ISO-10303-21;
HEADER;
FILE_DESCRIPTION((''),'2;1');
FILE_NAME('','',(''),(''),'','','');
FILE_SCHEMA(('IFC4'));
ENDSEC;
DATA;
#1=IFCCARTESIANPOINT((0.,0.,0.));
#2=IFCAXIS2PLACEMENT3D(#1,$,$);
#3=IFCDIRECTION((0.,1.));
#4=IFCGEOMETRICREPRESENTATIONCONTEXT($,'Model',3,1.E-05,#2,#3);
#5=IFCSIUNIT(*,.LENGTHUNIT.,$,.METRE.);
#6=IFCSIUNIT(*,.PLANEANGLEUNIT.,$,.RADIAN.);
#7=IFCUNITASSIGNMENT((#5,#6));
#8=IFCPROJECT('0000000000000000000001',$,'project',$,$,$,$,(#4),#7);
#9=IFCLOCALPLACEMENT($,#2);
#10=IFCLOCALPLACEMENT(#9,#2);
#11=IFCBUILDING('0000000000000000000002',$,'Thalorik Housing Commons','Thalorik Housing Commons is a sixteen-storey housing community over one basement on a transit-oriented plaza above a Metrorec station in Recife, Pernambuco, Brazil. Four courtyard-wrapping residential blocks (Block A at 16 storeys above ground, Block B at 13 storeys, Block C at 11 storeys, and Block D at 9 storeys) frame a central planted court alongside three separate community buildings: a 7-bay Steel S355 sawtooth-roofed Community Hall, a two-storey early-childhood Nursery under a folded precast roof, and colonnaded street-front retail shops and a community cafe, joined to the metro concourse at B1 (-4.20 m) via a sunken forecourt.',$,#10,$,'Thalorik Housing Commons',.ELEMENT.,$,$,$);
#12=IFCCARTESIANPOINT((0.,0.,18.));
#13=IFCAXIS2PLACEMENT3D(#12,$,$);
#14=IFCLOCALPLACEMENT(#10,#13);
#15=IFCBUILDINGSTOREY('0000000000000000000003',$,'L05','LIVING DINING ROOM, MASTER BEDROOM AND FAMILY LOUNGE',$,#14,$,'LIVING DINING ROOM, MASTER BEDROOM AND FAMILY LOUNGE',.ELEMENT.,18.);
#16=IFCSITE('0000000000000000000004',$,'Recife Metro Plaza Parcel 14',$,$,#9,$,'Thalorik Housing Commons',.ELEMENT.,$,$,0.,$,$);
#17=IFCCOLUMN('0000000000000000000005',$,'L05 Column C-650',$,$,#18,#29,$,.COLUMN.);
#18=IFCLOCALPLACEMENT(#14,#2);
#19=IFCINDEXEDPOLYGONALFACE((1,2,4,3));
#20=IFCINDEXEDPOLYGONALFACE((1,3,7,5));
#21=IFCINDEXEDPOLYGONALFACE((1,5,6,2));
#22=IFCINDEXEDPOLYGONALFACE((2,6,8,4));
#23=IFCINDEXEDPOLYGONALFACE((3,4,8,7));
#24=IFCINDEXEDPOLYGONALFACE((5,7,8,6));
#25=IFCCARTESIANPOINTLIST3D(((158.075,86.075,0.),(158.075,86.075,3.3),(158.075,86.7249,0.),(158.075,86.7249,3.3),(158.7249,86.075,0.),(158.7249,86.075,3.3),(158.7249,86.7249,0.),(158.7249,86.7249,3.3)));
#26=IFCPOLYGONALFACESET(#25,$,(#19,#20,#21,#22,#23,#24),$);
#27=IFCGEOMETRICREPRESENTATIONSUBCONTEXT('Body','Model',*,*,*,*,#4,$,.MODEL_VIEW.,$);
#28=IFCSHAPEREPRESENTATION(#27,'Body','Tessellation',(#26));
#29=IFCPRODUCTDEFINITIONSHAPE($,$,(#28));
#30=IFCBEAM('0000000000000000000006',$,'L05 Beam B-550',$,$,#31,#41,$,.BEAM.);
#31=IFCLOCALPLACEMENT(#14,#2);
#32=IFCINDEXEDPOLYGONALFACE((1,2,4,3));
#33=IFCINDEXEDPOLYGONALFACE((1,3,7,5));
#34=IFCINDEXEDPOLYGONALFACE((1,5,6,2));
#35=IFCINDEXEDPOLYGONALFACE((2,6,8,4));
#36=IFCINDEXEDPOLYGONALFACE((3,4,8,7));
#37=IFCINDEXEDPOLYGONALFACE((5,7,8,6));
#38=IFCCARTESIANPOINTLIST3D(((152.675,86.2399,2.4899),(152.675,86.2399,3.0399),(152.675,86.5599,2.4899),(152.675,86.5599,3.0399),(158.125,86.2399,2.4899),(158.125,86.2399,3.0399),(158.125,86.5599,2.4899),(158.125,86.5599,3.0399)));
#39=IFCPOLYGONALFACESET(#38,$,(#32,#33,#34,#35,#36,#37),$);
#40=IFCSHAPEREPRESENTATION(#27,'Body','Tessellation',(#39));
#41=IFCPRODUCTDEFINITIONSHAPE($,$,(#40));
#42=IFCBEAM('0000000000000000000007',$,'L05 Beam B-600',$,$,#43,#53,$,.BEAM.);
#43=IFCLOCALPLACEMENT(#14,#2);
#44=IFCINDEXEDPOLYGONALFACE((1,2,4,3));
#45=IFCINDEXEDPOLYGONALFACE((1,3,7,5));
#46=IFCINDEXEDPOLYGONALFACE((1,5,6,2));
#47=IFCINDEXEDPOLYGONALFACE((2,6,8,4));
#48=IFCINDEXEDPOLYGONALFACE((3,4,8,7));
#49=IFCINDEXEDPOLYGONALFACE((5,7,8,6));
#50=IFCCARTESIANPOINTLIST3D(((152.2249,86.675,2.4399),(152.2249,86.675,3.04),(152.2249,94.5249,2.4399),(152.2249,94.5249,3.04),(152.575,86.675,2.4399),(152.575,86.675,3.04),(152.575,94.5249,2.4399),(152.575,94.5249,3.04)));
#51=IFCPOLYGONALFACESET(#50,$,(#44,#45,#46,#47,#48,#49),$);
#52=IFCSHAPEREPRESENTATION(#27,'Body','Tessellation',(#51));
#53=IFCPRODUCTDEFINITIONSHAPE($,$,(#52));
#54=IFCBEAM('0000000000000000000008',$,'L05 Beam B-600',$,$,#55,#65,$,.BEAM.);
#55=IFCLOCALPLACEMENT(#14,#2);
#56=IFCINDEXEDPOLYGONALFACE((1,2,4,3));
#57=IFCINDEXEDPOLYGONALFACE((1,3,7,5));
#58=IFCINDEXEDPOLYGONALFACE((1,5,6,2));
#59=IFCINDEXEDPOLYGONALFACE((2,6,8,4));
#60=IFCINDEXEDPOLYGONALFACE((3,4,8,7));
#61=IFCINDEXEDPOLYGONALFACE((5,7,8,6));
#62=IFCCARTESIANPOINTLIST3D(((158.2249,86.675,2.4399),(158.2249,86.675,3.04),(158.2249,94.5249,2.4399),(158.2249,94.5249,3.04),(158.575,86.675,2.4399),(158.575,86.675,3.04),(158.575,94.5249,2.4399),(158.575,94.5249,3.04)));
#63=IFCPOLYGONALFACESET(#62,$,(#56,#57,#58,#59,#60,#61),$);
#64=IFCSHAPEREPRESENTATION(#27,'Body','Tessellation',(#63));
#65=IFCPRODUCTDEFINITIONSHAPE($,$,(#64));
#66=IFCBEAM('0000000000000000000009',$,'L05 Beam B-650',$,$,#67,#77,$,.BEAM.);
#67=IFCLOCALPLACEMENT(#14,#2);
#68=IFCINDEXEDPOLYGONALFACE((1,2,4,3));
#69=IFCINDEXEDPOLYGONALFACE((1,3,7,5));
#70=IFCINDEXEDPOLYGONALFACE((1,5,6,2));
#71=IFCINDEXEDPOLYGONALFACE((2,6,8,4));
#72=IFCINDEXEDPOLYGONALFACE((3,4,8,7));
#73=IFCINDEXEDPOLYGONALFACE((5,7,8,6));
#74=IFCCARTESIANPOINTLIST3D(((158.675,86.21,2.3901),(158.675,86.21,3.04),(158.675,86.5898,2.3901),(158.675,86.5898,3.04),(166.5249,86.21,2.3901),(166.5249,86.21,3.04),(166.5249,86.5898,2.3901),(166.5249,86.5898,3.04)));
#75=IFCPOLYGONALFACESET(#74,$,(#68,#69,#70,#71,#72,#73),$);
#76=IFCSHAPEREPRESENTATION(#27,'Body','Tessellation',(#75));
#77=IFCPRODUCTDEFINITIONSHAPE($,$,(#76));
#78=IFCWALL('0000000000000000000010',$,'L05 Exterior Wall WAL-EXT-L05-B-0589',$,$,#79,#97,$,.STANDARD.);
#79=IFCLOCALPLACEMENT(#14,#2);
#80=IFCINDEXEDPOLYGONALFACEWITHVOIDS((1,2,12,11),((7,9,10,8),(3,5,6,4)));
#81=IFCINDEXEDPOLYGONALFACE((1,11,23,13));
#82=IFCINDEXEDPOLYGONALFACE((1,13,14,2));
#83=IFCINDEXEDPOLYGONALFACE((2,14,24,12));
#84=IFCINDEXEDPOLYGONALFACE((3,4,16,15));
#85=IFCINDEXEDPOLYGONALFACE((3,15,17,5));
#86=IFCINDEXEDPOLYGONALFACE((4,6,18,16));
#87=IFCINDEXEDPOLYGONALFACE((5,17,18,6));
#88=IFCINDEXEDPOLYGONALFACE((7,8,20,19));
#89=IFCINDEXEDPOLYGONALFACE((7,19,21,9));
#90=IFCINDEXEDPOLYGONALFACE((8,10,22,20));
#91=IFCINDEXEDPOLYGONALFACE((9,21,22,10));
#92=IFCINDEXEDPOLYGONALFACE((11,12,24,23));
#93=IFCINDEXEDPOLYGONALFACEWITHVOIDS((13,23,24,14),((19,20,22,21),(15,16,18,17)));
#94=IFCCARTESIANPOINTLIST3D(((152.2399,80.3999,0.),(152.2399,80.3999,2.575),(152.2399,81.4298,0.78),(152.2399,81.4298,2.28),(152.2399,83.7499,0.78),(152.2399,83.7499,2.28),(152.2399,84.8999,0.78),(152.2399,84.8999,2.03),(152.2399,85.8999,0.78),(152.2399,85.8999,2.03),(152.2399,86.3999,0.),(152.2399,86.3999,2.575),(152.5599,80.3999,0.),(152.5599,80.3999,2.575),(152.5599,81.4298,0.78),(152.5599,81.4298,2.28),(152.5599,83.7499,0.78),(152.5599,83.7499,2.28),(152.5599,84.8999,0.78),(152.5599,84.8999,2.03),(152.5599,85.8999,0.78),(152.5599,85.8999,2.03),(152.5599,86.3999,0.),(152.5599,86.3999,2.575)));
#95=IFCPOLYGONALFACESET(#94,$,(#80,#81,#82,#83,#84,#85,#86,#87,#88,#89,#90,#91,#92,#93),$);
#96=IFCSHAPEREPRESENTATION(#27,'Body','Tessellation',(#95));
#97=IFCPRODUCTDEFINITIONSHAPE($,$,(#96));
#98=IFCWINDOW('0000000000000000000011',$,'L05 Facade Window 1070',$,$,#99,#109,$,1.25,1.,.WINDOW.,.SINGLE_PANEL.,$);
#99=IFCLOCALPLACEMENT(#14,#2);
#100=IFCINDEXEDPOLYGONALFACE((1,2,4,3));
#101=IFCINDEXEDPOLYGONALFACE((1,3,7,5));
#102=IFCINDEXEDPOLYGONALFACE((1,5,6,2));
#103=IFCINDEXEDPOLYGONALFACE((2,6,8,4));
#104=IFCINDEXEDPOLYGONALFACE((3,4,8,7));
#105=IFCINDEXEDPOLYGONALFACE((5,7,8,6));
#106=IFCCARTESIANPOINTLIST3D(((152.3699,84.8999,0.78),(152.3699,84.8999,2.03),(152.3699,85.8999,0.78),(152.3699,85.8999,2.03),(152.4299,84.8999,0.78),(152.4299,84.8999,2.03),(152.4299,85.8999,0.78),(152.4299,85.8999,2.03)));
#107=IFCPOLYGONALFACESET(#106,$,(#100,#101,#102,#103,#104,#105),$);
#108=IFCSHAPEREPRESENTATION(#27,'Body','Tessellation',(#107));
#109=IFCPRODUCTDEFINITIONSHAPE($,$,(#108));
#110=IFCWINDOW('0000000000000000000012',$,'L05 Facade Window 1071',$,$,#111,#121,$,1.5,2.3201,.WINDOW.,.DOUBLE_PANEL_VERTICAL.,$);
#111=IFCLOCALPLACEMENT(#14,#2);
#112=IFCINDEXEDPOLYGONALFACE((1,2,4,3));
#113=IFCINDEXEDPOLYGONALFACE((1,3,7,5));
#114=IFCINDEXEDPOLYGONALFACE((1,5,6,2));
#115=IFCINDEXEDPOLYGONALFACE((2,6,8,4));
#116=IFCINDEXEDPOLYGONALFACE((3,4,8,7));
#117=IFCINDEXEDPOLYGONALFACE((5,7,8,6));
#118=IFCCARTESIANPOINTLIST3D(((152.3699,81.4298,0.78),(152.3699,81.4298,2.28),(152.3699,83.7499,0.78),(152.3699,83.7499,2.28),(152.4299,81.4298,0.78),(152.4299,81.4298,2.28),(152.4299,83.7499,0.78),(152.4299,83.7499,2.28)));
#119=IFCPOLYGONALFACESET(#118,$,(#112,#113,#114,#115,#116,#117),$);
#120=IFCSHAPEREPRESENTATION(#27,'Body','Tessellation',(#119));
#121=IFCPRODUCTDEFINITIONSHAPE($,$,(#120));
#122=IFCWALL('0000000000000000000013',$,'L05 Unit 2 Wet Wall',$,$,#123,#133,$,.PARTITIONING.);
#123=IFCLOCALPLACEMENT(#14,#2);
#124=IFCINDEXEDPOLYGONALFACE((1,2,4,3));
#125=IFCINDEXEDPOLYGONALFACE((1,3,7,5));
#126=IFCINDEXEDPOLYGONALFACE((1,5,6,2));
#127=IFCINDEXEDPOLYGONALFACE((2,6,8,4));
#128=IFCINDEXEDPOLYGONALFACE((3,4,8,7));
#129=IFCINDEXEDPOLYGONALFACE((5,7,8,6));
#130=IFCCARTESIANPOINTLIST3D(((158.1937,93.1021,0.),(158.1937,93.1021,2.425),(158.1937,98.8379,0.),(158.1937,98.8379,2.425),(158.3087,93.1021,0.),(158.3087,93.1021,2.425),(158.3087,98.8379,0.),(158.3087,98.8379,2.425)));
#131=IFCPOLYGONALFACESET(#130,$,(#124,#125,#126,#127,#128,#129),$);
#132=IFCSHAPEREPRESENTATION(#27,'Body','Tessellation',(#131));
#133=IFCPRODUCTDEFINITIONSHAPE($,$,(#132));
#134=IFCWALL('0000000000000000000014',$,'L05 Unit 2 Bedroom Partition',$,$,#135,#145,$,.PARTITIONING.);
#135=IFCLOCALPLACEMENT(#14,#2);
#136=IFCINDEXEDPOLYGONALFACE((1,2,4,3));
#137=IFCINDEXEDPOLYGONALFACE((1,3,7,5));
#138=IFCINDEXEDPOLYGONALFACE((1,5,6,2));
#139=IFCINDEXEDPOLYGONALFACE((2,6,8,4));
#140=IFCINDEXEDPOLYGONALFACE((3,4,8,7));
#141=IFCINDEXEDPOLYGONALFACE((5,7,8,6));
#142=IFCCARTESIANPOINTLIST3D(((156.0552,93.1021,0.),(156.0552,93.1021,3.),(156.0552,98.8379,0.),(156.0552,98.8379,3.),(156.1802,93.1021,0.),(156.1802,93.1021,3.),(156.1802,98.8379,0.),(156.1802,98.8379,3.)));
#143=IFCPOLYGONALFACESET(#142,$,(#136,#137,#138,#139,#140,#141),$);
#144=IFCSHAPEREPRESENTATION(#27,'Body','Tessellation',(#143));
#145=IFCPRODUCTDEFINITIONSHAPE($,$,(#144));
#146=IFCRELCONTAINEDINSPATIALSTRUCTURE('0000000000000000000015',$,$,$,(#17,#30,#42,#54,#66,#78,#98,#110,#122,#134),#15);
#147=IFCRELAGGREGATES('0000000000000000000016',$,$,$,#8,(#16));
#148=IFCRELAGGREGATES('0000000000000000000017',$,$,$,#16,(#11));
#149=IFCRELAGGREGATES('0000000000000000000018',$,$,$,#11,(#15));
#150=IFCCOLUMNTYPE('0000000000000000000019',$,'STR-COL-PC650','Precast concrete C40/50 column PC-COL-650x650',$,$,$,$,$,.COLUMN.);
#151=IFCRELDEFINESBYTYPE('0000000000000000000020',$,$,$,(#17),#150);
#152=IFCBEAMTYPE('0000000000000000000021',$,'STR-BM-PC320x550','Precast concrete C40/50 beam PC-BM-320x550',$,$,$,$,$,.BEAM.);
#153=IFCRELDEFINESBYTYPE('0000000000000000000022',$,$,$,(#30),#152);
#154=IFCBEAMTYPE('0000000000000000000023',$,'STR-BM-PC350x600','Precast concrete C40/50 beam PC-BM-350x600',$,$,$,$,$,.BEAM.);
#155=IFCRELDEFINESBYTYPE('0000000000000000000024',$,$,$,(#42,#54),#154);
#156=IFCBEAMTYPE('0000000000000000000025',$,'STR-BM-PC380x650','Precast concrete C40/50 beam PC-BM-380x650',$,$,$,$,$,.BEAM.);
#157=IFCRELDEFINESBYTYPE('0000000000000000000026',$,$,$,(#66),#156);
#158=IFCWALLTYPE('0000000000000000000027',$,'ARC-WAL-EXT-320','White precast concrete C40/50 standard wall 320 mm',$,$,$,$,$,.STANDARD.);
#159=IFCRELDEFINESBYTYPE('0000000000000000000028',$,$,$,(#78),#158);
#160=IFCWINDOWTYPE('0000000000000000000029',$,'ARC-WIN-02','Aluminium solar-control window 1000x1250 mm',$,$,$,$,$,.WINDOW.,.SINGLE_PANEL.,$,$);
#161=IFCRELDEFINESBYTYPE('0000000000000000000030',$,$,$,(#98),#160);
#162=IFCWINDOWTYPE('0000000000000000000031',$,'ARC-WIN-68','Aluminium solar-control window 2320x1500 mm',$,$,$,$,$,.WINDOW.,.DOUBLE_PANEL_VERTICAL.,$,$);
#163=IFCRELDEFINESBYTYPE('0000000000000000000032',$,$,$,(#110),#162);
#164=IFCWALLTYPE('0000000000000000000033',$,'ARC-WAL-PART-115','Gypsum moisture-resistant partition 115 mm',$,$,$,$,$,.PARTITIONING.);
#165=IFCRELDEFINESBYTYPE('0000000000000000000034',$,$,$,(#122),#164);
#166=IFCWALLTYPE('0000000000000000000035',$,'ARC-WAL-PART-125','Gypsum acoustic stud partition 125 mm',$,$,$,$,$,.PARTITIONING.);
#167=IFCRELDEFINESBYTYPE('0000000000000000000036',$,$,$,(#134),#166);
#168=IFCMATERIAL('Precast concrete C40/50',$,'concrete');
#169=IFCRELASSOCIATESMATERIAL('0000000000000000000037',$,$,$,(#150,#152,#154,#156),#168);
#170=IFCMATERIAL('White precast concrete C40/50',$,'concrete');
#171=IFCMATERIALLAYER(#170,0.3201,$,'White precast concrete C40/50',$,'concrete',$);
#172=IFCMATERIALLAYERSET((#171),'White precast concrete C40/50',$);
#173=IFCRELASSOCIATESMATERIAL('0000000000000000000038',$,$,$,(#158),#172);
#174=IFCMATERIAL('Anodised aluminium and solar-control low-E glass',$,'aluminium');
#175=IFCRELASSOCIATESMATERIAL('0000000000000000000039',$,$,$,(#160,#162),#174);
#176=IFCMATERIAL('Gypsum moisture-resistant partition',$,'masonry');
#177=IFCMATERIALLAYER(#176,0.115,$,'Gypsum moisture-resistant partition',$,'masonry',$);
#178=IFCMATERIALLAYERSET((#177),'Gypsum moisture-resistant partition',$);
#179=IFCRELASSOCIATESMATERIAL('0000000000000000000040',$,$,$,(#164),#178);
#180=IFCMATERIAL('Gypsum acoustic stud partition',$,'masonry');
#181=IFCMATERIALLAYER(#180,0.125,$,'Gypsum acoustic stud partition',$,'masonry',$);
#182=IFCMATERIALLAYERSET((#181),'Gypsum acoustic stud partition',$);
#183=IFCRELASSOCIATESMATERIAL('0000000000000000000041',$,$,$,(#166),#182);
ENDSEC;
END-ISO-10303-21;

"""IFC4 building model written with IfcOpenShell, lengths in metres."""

from ifc_helpers import new_model, si_unit, direction, frame, frame_2d, origin, origin_2d, place, context, subcontext, project, spatial, rectangle, extrude, material, layer, layer_set, material_profile, profile_set, type_object, element, fill, save


model = new_model("IFC4")

# Units and contexts
model_context = context("Model", 3, precision=1e-05, world=origin(), true_north=direction((0.0, 1.0)))
body_context = subcontext(model_context, "Body", "Model", "MODEL_VIEW")
ifc_project = project(units=[si_unit("LENGTHUNIT", "METRE"), si_unit("PLANEANGLEUNIT", "RADIAN")], contexts=[model_context])

# Site, building, storey
site_placement = place(None, origin())
site = spatial("IfcSite", under=ifc_project, at=site_placement, Name="Recife Metro Plaza Parcel 14", LongName="Thalorik Housing Commons", CompositionType="ELEMENT", RefElevation=0.0)
building_placement = place(site_placement, origin())
building = spatial("IfcBuilding", under=site, at=building_placement, Name="Thalorik Housing Commons", Description="Thalorik Housing Commons is a sixteen-storey housing community over one basement on a transit-oriented plaza above a Metrorec station in Recife, Pernambuco, Brazil. Four courtyard-wrapping residential blocks (Block A at 16 storeys above ground, Block B at 13 storeys, Block C at 11 storeys, and Block D at 9 storeys) frame a central planted court alongside three separate community buildings: a 7-bay Steel S355 sawtooth-roofed Community Hall, a two-storey early-childhood Nursery under a folded precast roof, and colonnaded street-front retail shops and a community cafe, joined to the metro concourse at B1 (-4.20 m) via a sunken forecourt.", LongName="Thalorik Housing Commons", CompositionType="ELEMENT")
storey_placement = place(building_placement, frame((0.0, 0.0, 18.0)))
storey = spatial("IfcBuildingStorey", under=building, at=storey_placement, Name="L05", Description="LIVING DINING ROOM, MASTER BEDROOM AND FAMILY LOUNGE", LongName="LIVING DINING ROOM, MASTER BEDROOM AND FAMILY LOUNGE", CompositionType="ELEMENT", Elevation=18.0)

# Column
ifc_material_1 = material(Name="Precast concrete C40/50", Category="concrete")
ifc_material_profile_1 = material_profile(ifc_material_1, rectangle(XDim=0.6499, YDim=0.6499, at=origin_2d()), Name="PC 650x650", Category="concrete")
ifc_profile_set_1 = profile_set([ifc_material_profile_1], Name="Precast concrete C40/50")
column_type = type_object("IfcColumnType", Name="STR-COL-PC650", Description="Precast concrete C40/50 column PC-COL-650x650", PredefinedType="COLUMN", material=ifc_profile_set_1)
column_placement = place(storey_placement, frame((158.3999, 86.3999, 0.0), z_axis=(0.0, 0.0, 1.0), x_axis=(1.0, 0.0, 0.0)))
element("IfcColumn", 1, at=column_placement, inside=storey, type_object=column_type, Name="L05 Column C-650", PredefinedType="COLUMN", context=body_context, shape_type="SweptSolid", body=[
    extrude(rectangle(XDim=0.6499, YDim=0.6499, at=origin_2d()), origin(), (0.0, 0.0, 1.0), 3.3),
])

# Beams
ifc_material_profile_2 = material_profile(ifc_material_1, rectangle(XDim=0.3201, YDim=0.55, at=origin_2d()), Name="PC 320x550", Category="concrete")
ifc_profile_set_2 = profile_set([ifc_material_profile_2], Name="Precast concrete C40/50")
beam_type_1 = type_object("IfcBeamType", Name="STR-BM-PC320x550", Description="Precast concrete C40/50 beam PC-BM-320x550", PredefinedType="BEAM", material=ifc_profile_set_2)
beam_1_placement = place(storey_placement, frame((152.675, 86.3999, 2.7649), z_axis=(1.0, 0.0, 0.0), x_axis=(0.0, 1.0, 0.0)))
element("IfcBeam", 2, at=beam_1_placement, inside=storey, type_object=beam_type_1, Name="L05 Beam B-550", PredefinedType="BEAM", context=body_context, shape_type="SweptSolid", body=[
    extrude(rectangle(XDim=0.3201, YDim=0.55, at=origin_2d()), origin(), (0.0, 0.0, 1.0), 5.45),
])
ifc_material_profile_3 = material_profile(ifc_material_1, rectangle(XDim=0.3501, YDim=0.6001, at=origin_2d()), Name="PC 350x600", Category="concrete")
ifc_profile_set_3 = profile_set([ifc_material_profile_3], Name="Precast concrete C40/50")
beam_type_2 = type_object("IfcBeamType", Name="STR-BM-PC350x600", Description="Precast concrete C40/50 beam PC-BM-350x600", PredefinedType="BEAM", material=ifc_profile_set_3)
for number, where, z_axis, x_axis, name in (
    (3, (152.3999, 86.675, 2.74), (0.0, 1.0, 0.0), (-1.0, 0.0, 0.0), "L05 Beam B-600"),
    (4, (158.3999, 86.675, 2.74), (0.0, 1.0, 0.0), (-1.0, 0.0, 0.0), "L05 Beam B-600"),
):
    element("IfcBeam", number, at=place(storey_placement, frame(where, z_axis=z_axis, x_axis=x_axis)), inside=storey, type_object=beam_type_2, Name=name, PredefinedType="BEAM", context=body_context, shape_type="SweptSolid", body=[
        extrude(rectangle(XDim=0.3501, YDim=0.6001, at=origin_2d()), origin(), (0.0, 0.0, 1.0), 7.8499),
    ])
ifc_material_profile_4 = material_profile(ifc_material_1, rectangle(XDim=0.3799, YDim=0.6499, at=origin_2d()), Name="PC 380x650", Category="concrete")
ifc_profile_set_4 = profile_set([ifc_material_profile_4], Name="Precast concrete C40/50")
beam_type_3 = type_object("IfcBeamType", Name="STR-BM-PC380x650", Description="Precast concrete C40/50 beam PC-BM-380x650", PredefinedType="BEAM", material=ifc_profile_set_4)
beam_2_placement = place(storey_placement, frame((158.675, 86.3999, 2.7151), z_axis=(1.0, 0.0, 0.0), x_axis=(0.0, 1.0, 0.0)))
element("IfcBeam", 5, at=beam_2_placement, inside=storey, type_object=beam_type_3, Name="L05 Beam B-650", PredefinedType="BEAM", context=body_context, shape_type="SweptSolid", body=[
    extrude(rectangle(XDim=0.3799, YDim=0.6499, at=origin_2d()), origin(), (0.0, 0.0, 1.0), 7.8499),
])

# Wall, openings, windows
ifc_material_2 = material(Name="White precast concrete C40/50", Category="concrete")
ifc_layer_1 = layer(ifc_material_2, 0.3201, Name="White precast concrete C40/50", Category="concrete")
ifc_layer_set_1 = layer_set([ifc_layer_1], Name="White precast concrete C40/50")
wall_type_1 = type_object("IfcWallType", Name="ARC-WAL-EXT-320", Description="White precast concrete C40/50 standard wall 320 mm", PredefinedType="STANDARD", material=ifc_layer_set_1)
wall_1_placement = place(storey_placement, frame((152.3999, 86.3999, 0.0), z_axis=(0.0, 0.0, 1.0), x_axis=(0.0, -1.0, 0.0)))
wall_1 = element("IfcWall", 6, at=wall_1_placement, inside=storey, type_object=wall_type_1, Name="L05 Exterior Wall WAL-EXT-L05-B-0589", PredefinedType="STANDARD", context=body_context, shape_type="SweptSolid", body=[
    extrude(rectangle(XDim=6.0, YDim=0.3201, at=frame_2d((3.0, 0.0))), origin(), (0.0, 0.0, 1.0), 2.575),
])
opening_1_placement = place(wall_1_placement, frame((0.5, 0.0, 0.78)))
opening_1 = element("IfcOpeningElement", 7, at=opening_1_placement, cuts=wall_1, PredefinedType="OPENING", context=body_context, shape_type="SweptSolid", body=[
    extrude(rectangle(XDim=1.0, YDim=1.25, at=frame_2d((0.5, 0.625))), frame((0.0, 0.1699, 0.0), z_axis=(0.0, -1.0, 0.0), x_axis=(1.0, 0.0, 0.0)), (0.0, 0.0, 1.0), 0.3401),
])
opening_2_placement = place(wall_1_placement, frame((2.6499, 0.0, 0.78)))
opening_2 = element("IfcOpeningElement", 8, at=opening_2_placement, cuts=wall_1, PredefinedType="OPENING", context=body_context, shape_type="SweptSolid", body=[
    extrude(rectangle(XDim=2.3201, YDim=1.5, at=frame_2d((1.1602, 0.75))), frame((0.0, 0.1699, 0.0), z_axis=(0.0, -1.0, 0.0), x_axis=(1.0, 0.0, 0.0)), (0.0, 0.0, 1.0), 0.3401),
])
ifc_material_3 = material(Name="Anodised aluminium and solar-control low-E glass", Category="aluminium")
window_type_1 = type_object("IfcWindowType", Name="ARC-WIN-02", Description="Aluminium solar-control window 1000x1250 mm", PartitioningType="SINGLE_PANEL", PredefinedType="WINDOW", material=ifc_material_3)
window_1_placement = place(opening_1_placement, origin())
window_1 = element("IfcWindow", 9, at=window_1_placement, inside=storey, type_object=window_type_1, Name="L05 Facade Window 1070", OverallHeight=1.25, OverallWidth=1.0, PartitioningType="SINGLE_PANEL", PredefinedType="WINDOW", context=body_context, shape_type="SweptSolid", body=[
    extrude(rectangle(XDim=1.0, YDim=1.25, at=frame_2d((0.5, 0.625))), frame((0.0, 0.03, 0.0), z_axis=(0.0, -1.0, 0.0), x_axis=(1.0, 0.0, 0.0)), (0.0, 0.0, 1.0), 0.0601),
])
fill(opening_1, window_1)
window_type_2 = type_object("IfcWindowType", Name="ARC-WIN-68", Description="Aluminium solar-control window 2320x1500 mm", PartitioningType="DOUBLE_PANEL_VERTICAL", PredefinedType="WINDOW", material=ifc_material_3)
window_2_placement = place(opening_2_placement, origin())
window_2 = element("IfcWindow", 10, at=window_2_placement, inside=storey, type_object=window_type_2, Name="L05 Facade Window 1071", OverallHeight=1.5, OverallWidth=2.3201, PartitioningType="DOUBLE_PANEL_VERTICAL", PredefinedType="WINDOW", context=body_context, shape_type="SweptSolid", body=[
    extrude(rectangle(XDim=2.3201, YDim=1.5, at=frame_2d((1.1602, 0.75))), frame((0.0, 0.03, 0.0), z_axis=(0.0, -1.0, 0.0), x_axis=(1.0, 0.0, 0.0)), (0.0, 0.0, 1.0), 0.0601),
])
fill(opening_2, window_2)

# Walls
ifc_material_4 = material(Name="Gypsum moisture-resistant partition", Category="masonry")
ifc_layer_2 = layer(ifc_material_4, 0.115, Name="Gypsum moisture-resistant partition", Category="masonry")
ifc_layer_set_2 = layer_set([ifc_layer_2], Name="Gypsum moisture-resistant partition")
wall_type_2 = type_object("IfcWallType", Name="ARC-WAL-PART-115", Description="Gypsum moisture-resistant partition 115 mm", PredefinedType="PARTITIONING", material=ifc_layer_set_2)
wall_2_placement = place(storey_placement, frame((158.2512, 93.1021, 0.0), z_axis=(0.0, 0.0, 1.0), x_axis=(0.0, 1.0, 0.0)))
element("IfcWall", 11, at=wall_2_placement, inside=storey, type_object=wall_type_2, Name="L05 Unit 2 Wet Wall", PredefinedType="PARTITIONING", context=body_context, shape_type="SweptSolid", body=[
    extrude(rectangle(XDim=5.7358, YDim=0.115, at=frame_2d((2.8679, 0.0))), origin(), (0.0, 0.0, 1.0), 2.425),
])
ifc_material_5 = material(Name="Gypsum acoustic stud partition", Category="masonry")
ifc_layer_3 = layer(ifc_material_5, 0.125, Name="Gypsum acoustic stud partition", Category="masonry")
ifc_layer_set_3 = layer_set([ifc_layer_3], Name="Gypsum acoustic stud partition")
wall_type_3 = type_object("IfcWallType", Name="ARC-WAL-PART-125", Description="Gypsum acoustic stud partition 125 mm", PredefinedType="PARTITIONING", material=ifc_layer_set_3)
wall_3_placement = place(storey_placement, frame((156.1177, 93.1021, 0.0), z_axis=(0.0, 0.0, 1.0), x_axis=(0.0, 1.0, 0.0)))
element("IfcWall", 12, at=wall_3_placement, inside=storey, type_object=wall_type_3, Name="L05 Unit 2 Bedroom Partition", PredefinedType="PARTITIONING", context=body_context, shape_type="SweptSolid", body=[
    extrude(rectangle(XDim=5.7358, YDim=0.125, at=frame_2d((2.8679, 0.0))), origin(), (0.0, 0.0, 1.0), 3.0),
])

save(model, "model.ifc")
